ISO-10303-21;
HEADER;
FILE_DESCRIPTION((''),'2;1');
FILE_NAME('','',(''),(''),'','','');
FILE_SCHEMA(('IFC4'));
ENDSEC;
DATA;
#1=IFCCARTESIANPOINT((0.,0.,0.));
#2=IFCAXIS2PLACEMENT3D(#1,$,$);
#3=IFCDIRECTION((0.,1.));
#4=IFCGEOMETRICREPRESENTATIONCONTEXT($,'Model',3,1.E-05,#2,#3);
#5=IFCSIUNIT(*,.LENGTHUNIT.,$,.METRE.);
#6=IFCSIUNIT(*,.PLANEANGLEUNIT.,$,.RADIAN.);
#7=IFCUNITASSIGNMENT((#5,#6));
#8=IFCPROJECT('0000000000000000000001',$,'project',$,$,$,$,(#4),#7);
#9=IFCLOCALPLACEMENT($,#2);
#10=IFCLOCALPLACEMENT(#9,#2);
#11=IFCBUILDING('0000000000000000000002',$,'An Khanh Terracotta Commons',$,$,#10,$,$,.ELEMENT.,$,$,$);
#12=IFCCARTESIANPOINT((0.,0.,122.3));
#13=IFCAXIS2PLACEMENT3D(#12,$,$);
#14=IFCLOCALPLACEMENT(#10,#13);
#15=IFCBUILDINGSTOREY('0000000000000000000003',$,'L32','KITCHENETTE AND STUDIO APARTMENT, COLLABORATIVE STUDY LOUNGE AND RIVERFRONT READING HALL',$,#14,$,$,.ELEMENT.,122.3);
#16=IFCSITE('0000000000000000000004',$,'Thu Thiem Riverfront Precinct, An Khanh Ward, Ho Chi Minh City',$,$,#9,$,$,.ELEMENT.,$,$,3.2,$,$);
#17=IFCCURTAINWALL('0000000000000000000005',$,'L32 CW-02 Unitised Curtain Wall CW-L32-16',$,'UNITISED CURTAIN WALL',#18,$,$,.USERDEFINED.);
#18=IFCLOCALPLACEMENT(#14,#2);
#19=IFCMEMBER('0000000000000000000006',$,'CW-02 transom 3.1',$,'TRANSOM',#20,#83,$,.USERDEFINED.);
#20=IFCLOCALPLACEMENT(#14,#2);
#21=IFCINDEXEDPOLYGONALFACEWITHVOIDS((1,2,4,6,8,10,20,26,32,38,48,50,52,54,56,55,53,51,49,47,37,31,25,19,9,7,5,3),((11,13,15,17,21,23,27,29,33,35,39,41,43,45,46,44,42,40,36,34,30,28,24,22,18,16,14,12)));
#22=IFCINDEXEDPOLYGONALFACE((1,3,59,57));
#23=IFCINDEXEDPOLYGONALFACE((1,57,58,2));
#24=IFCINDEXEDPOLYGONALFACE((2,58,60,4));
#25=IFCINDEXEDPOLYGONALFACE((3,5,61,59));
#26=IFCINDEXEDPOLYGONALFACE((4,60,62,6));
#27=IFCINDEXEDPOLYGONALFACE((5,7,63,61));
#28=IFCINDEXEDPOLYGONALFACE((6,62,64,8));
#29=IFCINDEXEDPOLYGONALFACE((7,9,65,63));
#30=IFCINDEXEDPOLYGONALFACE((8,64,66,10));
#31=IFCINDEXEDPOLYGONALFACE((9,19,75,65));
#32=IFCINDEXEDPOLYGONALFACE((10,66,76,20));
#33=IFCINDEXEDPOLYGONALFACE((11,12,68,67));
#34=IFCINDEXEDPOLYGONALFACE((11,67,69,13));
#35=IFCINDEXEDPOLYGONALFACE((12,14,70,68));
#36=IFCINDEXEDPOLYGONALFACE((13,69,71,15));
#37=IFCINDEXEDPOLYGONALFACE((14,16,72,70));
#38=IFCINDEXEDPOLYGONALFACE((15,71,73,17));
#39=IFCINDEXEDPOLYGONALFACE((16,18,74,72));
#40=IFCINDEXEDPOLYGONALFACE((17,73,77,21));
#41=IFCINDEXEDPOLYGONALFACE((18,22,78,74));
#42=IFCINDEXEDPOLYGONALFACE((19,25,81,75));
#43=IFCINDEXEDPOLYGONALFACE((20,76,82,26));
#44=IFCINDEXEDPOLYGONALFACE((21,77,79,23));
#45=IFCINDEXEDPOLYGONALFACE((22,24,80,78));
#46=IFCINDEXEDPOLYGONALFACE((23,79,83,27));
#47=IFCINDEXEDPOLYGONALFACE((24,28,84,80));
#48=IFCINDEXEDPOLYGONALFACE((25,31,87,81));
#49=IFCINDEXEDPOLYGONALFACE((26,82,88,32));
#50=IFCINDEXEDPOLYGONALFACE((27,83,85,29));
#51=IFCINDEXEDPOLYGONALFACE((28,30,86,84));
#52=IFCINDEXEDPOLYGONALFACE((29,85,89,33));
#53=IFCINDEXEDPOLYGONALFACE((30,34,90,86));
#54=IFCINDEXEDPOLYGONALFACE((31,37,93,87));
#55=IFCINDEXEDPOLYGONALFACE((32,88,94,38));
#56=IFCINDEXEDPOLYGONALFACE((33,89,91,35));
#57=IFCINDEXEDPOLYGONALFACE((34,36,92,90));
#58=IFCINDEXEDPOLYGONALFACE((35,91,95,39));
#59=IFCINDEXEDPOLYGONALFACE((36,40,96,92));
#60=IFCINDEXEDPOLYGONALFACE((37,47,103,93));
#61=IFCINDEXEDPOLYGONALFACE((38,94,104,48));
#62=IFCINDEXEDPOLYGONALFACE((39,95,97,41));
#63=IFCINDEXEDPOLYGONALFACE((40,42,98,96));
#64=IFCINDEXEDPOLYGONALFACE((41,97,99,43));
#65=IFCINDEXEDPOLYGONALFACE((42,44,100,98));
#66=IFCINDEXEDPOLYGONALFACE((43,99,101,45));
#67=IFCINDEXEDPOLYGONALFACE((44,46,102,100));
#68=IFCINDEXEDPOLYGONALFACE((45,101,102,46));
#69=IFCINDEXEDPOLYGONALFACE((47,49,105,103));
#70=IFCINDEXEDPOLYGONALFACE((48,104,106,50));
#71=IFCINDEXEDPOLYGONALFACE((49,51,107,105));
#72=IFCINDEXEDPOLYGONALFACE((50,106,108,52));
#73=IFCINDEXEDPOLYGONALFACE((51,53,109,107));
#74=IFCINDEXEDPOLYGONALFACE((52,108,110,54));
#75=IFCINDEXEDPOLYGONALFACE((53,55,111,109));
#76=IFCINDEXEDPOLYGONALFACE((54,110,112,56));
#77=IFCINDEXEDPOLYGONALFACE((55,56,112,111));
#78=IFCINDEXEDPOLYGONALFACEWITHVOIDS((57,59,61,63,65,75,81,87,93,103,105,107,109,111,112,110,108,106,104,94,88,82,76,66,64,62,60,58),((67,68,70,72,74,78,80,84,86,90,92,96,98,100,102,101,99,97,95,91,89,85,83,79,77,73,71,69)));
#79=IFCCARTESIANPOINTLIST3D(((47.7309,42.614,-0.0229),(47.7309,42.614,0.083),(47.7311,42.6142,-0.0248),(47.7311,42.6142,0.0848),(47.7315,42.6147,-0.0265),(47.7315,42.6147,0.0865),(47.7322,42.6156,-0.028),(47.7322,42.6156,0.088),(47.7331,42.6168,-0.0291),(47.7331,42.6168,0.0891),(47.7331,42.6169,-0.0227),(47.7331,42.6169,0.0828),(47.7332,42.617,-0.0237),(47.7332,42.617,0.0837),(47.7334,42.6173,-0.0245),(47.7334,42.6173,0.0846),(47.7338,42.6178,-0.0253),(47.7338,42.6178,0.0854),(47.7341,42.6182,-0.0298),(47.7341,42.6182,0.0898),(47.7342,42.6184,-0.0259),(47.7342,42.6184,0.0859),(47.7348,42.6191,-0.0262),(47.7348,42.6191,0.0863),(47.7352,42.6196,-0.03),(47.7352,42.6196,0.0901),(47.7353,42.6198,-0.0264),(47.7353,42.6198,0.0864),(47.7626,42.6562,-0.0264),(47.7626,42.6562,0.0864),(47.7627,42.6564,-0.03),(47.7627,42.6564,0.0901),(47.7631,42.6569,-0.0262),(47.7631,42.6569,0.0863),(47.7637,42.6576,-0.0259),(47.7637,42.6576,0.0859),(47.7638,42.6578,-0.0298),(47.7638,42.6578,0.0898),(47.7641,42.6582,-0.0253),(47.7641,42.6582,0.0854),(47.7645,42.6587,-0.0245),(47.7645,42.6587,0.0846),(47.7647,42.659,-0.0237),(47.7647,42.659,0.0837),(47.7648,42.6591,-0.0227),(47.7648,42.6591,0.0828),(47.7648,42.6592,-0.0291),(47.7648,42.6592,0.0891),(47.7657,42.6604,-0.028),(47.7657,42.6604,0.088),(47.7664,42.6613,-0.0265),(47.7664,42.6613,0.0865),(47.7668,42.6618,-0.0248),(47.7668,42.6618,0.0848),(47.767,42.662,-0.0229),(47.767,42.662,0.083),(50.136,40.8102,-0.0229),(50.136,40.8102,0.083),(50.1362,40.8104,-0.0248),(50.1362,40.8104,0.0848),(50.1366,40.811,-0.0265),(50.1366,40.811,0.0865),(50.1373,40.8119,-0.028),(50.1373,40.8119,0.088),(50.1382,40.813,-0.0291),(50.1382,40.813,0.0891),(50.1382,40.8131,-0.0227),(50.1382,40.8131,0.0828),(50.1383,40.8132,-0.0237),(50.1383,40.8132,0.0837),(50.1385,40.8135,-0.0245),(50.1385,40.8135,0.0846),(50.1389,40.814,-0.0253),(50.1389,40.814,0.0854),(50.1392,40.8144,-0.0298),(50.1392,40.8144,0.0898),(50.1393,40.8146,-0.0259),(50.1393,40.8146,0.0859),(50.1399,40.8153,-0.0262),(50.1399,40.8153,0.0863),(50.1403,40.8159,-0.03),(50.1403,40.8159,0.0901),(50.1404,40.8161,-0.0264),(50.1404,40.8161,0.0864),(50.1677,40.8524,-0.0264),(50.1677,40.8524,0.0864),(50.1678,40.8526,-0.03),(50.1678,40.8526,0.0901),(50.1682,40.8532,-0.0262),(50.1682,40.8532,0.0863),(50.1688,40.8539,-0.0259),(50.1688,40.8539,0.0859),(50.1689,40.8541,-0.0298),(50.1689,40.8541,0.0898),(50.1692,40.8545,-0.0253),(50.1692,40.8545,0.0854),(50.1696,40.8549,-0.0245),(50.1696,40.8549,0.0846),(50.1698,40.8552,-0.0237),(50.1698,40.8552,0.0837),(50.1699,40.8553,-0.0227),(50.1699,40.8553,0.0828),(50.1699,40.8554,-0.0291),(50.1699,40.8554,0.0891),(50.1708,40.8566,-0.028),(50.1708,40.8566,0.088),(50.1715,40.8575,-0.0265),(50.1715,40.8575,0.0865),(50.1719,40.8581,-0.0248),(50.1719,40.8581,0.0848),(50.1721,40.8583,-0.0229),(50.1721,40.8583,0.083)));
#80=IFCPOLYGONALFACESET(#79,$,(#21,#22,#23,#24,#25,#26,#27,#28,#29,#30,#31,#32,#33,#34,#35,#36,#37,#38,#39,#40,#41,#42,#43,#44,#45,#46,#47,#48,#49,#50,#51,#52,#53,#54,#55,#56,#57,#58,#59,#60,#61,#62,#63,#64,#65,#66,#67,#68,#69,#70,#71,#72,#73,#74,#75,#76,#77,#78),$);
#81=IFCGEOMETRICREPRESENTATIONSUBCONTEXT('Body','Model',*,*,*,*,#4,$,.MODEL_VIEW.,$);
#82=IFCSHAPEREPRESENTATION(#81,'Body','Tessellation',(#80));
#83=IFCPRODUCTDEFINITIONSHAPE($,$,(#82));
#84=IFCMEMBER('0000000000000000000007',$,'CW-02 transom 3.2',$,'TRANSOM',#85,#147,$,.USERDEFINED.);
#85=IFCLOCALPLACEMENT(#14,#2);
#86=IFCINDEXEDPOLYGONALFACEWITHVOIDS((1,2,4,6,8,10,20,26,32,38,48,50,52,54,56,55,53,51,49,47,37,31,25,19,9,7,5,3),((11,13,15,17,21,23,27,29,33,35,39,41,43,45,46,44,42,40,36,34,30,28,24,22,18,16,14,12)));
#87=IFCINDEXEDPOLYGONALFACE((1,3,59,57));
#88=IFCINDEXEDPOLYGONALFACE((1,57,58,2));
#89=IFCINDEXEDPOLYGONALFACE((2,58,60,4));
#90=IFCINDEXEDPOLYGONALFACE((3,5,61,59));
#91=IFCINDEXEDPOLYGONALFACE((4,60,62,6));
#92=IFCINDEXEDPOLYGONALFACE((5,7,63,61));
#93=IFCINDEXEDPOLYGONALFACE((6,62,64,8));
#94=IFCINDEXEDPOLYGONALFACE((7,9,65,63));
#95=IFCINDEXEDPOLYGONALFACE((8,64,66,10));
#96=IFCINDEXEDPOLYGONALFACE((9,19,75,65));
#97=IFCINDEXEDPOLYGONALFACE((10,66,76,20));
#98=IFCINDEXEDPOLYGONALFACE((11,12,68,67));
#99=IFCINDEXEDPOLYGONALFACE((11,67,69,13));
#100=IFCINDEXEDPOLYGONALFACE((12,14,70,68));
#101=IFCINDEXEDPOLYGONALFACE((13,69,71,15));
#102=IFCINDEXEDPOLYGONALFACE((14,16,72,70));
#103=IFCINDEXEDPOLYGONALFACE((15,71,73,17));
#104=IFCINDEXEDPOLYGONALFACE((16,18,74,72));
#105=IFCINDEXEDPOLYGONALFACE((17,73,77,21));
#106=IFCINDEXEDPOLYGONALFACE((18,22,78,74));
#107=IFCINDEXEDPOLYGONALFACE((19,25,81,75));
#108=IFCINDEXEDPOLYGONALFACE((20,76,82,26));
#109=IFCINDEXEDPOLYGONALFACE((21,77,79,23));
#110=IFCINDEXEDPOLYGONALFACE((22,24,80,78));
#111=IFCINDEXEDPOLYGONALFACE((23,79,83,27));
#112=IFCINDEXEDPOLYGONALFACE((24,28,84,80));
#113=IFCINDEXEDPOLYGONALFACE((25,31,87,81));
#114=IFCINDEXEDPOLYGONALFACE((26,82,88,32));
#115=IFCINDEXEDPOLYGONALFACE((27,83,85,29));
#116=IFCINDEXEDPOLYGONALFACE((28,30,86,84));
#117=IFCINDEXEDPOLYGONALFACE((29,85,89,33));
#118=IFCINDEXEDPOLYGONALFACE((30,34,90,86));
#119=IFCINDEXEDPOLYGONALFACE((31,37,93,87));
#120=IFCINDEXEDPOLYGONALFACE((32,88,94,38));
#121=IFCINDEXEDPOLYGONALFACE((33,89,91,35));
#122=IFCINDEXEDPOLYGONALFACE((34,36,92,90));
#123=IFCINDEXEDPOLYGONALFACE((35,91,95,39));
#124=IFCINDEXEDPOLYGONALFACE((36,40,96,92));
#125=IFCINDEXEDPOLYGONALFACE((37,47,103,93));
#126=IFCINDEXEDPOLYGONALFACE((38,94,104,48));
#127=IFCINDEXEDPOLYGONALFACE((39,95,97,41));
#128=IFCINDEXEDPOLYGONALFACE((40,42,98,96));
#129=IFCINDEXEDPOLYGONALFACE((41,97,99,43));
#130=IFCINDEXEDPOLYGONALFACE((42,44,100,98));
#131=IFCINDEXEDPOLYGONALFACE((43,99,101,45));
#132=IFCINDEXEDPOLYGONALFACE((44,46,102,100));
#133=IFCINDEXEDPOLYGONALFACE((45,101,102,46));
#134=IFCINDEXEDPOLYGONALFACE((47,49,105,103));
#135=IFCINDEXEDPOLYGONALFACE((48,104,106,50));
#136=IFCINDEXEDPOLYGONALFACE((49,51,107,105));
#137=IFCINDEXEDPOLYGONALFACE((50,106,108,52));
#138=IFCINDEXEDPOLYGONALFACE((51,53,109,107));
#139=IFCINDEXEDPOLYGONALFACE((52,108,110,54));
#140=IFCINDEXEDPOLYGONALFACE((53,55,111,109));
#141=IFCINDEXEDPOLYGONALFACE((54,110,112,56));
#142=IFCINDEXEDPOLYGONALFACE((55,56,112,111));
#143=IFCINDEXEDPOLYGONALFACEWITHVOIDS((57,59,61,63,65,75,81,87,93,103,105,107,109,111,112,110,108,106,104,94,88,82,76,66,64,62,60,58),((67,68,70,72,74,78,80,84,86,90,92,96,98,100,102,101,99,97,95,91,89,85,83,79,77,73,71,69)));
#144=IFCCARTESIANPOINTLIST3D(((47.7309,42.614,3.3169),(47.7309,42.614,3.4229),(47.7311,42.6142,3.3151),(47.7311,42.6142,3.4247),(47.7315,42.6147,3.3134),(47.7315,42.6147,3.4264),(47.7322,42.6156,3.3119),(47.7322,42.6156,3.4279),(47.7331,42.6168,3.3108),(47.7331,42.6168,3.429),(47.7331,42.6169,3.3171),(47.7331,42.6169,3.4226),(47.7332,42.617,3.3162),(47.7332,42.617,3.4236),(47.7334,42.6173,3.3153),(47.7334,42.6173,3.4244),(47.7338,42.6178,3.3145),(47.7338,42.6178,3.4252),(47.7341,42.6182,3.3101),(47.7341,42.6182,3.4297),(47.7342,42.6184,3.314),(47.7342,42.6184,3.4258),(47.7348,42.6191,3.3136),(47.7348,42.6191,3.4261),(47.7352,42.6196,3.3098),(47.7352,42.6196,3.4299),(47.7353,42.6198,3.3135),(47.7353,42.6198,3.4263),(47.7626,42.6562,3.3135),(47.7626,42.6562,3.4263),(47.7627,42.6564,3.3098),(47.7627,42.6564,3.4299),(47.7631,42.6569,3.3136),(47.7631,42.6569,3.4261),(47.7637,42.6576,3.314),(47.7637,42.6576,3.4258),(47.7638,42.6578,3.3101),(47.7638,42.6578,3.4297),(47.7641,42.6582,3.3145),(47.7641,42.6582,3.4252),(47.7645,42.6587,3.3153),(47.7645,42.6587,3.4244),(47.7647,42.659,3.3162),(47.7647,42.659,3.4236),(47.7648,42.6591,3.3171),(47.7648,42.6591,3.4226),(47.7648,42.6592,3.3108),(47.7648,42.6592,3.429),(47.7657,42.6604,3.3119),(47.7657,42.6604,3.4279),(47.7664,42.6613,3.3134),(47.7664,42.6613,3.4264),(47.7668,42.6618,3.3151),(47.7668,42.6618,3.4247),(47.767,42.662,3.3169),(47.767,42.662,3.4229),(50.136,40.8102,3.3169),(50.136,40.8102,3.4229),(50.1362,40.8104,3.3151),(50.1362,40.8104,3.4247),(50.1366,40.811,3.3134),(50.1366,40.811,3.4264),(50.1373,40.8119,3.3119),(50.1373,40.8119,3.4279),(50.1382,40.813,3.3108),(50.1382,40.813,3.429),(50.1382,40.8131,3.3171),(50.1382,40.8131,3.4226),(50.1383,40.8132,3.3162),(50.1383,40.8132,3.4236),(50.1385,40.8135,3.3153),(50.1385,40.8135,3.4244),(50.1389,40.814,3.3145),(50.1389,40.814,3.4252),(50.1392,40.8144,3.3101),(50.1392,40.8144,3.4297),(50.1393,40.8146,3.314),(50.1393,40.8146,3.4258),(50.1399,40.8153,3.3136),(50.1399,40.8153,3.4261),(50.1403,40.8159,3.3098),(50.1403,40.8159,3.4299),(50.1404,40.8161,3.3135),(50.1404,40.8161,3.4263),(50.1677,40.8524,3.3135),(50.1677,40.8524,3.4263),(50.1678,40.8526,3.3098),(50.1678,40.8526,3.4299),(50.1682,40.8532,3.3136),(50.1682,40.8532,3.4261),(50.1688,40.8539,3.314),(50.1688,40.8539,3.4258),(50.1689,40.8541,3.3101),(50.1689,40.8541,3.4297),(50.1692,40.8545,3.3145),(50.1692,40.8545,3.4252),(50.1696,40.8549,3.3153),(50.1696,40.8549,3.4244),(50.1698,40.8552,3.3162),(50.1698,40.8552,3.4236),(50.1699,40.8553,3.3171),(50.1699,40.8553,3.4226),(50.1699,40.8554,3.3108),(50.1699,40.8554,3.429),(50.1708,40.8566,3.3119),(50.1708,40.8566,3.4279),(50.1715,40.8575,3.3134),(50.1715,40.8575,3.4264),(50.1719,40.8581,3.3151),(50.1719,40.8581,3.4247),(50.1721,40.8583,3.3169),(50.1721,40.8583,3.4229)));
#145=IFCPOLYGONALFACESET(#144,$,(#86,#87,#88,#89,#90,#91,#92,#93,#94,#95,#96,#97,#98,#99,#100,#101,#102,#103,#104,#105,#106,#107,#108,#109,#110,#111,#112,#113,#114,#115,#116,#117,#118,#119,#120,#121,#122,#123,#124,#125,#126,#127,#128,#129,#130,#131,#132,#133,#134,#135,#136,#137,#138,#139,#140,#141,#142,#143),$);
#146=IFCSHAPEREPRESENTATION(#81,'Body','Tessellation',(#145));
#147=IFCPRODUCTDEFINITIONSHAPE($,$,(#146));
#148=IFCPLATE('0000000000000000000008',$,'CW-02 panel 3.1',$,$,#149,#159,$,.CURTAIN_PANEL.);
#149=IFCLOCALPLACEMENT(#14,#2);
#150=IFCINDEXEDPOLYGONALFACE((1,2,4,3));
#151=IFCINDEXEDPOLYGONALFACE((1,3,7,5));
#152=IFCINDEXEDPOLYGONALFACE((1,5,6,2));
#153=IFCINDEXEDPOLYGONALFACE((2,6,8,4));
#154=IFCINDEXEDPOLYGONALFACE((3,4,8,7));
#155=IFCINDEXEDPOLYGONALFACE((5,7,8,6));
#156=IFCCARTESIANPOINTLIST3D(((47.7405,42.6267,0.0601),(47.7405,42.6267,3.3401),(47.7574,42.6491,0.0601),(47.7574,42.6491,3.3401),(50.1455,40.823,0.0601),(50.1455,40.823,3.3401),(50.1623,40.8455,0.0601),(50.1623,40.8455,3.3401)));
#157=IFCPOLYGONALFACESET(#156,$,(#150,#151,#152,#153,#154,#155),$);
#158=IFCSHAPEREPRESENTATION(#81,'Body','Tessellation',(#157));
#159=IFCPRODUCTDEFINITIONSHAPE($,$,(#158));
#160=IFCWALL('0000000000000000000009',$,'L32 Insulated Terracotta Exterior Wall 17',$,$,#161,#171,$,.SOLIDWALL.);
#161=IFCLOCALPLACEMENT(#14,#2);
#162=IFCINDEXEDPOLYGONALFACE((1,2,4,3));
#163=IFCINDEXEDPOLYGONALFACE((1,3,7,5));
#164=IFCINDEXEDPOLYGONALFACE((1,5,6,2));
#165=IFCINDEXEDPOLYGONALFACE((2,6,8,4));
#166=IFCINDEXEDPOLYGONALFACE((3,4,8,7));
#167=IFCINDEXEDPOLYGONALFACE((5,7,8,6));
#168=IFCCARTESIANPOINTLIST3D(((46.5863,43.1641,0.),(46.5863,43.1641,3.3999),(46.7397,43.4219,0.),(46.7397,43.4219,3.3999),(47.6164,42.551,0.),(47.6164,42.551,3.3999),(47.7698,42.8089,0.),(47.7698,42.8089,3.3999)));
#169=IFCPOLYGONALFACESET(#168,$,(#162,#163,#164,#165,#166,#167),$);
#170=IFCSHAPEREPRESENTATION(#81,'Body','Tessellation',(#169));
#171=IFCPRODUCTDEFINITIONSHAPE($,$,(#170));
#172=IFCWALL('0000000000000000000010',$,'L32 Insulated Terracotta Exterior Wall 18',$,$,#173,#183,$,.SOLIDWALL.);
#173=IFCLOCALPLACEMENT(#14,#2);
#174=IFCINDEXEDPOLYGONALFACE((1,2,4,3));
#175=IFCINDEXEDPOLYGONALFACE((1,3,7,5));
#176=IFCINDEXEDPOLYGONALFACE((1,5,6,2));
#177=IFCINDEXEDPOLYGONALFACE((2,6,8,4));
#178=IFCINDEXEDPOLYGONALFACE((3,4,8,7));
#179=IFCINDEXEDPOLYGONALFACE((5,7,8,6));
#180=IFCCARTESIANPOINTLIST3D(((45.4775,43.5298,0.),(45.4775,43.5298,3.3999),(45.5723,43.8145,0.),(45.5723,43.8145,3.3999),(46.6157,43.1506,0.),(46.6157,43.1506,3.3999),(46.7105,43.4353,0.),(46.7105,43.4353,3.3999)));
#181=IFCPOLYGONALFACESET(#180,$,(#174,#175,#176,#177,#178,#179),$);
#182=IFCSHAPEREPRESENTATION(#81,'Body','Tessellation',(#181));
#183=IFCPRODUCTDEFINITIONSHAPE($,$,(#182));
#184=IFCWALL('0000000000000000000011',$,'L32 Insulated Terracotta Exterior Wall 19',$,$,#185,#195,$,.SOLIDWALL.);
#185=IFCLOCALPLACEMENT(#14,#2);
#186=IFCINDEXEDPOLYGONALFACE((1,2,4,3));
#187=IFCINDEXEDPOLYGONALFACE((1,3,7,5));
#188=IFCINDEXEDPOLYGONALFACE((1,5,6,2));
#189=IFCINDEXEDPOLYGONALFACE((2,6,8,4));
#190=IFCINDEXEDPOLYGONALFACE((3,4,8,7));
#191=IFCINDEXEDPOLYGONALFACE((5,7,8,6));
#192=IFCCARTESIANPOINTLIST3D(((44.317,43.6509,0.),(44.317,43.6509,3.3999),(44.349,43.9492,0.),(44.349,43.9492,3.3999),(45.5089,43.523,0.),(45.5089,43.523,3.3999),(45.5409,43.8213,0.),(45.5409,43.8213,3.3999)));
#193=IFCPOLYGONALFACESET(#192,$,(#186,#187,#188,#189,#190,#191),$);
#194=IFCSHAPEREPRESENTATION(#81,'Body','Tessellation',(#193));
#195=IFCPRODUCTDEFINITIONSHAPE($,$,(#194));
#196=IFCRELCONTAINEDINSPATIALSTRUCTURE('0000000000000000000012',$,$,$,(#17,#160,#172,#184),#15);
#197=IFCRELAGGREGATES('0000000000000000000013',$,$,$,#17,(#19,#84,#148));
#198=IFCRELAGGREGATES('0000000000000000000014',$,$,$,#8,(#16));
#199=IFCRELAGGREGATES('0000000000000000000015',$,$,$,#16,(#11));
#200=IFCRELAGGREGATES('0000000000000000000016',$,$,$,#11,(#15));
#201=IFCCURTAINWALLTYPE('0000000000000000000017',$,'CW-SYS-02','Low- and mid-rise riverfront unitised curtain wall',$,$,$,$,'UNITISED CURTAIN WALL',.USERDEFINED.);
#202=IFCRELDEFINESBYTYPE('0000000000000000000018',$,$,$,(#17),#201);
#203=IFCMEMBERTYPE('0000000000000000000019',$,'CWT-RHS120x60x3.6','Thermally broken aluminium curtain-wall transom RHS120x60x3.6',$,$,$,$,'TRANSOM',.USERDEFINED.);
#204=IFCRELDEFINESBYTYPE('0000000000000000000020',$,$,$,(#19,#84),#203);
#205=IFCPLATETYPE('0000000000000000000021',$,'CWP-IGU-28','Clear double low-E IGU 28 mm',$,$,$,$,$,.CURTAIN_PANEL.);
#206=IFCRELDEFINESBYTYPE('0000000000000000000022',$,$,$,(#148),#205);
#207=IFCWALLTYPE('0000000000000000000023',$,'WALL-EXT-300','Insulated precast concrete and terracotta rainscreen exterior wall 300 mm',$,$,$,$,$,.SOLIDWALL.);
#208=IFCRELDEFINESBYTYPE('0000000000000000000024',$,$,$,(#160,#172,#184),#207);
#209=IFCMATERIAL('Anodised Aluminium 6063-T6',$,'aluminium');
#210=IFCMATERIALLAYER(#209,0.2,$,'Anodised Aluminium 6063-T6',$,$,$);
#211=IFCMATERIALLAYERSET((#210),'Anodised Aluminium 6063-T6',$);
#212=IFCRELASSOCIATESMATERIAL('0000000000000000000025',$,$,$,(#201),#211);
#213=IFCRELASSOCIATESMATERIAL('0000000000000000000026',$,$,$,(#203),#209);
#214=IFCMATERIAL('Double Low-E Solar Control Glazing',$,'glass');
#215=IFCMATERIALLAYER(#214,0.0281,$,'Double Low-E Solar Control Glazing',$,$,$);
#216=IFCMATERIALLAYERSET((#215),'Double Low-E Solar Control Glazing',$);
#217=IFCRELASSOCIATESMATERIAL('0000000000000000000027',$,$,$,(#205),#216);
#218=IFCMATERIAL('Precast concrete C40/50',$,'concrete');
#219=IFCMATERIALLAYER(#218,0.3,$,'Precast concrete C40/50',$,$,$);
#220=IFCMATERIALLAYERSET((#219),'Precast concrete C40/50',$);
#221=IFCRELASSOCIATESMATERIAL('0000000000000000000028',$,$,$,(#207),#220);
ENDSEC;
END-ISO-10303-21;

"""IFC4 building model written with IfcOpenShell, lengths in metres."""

from ifc_helpers import new_model, si_unit, direction, frame, frame_2d, origin, origin_2d, place, context, subcontext, project, spatial, rectangle, hollow_rectangle, extrude, material, layer, layer_set, material_profile, profile_set, type_object, element, aggregate, save


model = new_model("IFC4")

# Units and contexts
model_context = context("Model", 3, precision=1e-05, world=origin(), true_north=direction((0.0, 1.0)))
body_context = subcontext(model_context, "Body", "Model", "MODEL_VIEW")
ifc_project = project(units=[si_unit("LENGTHUNIT", "METRE"), si_unit("PLANEANGLEUNIT", "RADIAN")], contexts=[model_context])

# Site, building, storey
site_placement = place(None, origin())
site = spatial("IfcSite", under=ifc_project, at=site_placement, Name="Thu Thiem Riverfront Precinct, An Khanh Ward, Ho Chi Minh City", CompositionType="ELEMENT", RefElevation=3.2)
building_placement = place(site_placement, origin())
building = spatial("IfcBuilding", under=site, at=building_placement, Name="An Khanh Terracotta Commons", CompositionType="ELEMENT")
storey_placement = place(building_placement, frame((0.0, 0.0, 122.3)))
storey = spatial("IfcBuildingStorey", under=building, at=storey_placement, Name="L32", Description="KITCHENETTE AND STUDIO APARTMENT, COLLABORATIVE STUDY LOUNGE AND RIVERFRONT READING HALL", CompositionType="ELEMENT", Elevation=122.3)

# Curtain wall, members, plate
ifc_material_1 = material(Name="Anodised Aluminium 6063-T6", Category="aluminium")
ifc_layer_1 = layer(ifc_material_1, 0.2, Name="Anodised Aluminium 6063-T6")
ifc_layer_set_1 = layer_set([ifc_layer_1], Name="Anodised Aluminium 6063-T6")
curtain_wall_type = type_object("IfcCurtainWallType", Name="CW-SYS-02", Description="Low- and mid-rise riverfront unitised curtain wall", ElementType="UNITISED CURTAIN WALL", PredefinedType="USERDEFINED", material=ifc_layer_set_1)
curtain_wall_placement = place(storey_placement, origin())
curtain_wall = element("IfcCurtainWall", 1, at=curtain_wall_placement, inside=storey, type_object=curtain_wall_type, Name="L32 CW-02 Unitised Curtain Wall CW-L32-16", ObjectType="UNITISED CURTAIN WALL", PredefinedType="USERDEFINED")
ifc_material_profile_1 = material_profile(ifc_material_1, hollow_rectangle(XDim=0.0601, YDim=0.1201, WallThickness=0.0037, InnerFilletRadius=0.0037, OuterFilletRadius=0.0071, at=origin_2d()), Name="RHS120x60x3.6")
ifc_profile_set_1 = profile_set([ifc_material_profile_1], Name="Anodised Aluminium 6063-T6")
member_type_1 = type_object("IfcMemberType", Name="CWT-RHS120x60x3.6", Description="Thermally broken aluminium curtain-wall transom RHS120x60x3.6", ElementType="TRANSOM", PredefinedType="USERDEFINED", material=ifc_profile_set_1)
member_1_placement = place(storey_placement, frame((50.1541, 40.8342, 0.03), z_axis=(-0.80001, 0.599987, 0.0), x_axis=(-0.599987, -0.80001, 0.0)))
member_1 = element("IfcMember", 2, at=member_1_placement, type_object=member_type_1, Name="CW-02 transom 3.1", ObjectType="TRANSOM", PredefinedType="USERDEFINED", context=body_context, shape_type="SweptSolid", body=[
    extrude(hollow_rectangle(XDim=0.0601, YDim=0.1201, WallThickness=0.0037, InnerFilletRadius=0.0037, OuterFilletRadius=0.0071, at=origin_2d()), origin(), (0.0, 0.0, 1.0), 3.0063),
])
member_2_placement = place(storey_placement, frame((50.1541, 40.8342, 3.3699), z_axis=(-0.80001, 0.599987, 0.0), x_axis=(-0.599987, -0.80001, 0.0)))
member_2 = element("IfcMember", 3, at=member_2_placement, type_object=member_type_1, Name="CW-02 transom 3.2", ObjectType="TRANSOM", PredefinedType="USERDEFINED", context=body_context, shape_type="SweptSolid", body=[
    extrude(hollow_rectangle(XDim=0.0601, YDim=0.1201, WallThickness=0.0037, InnerFilletRadius=0.0037, OuterFilletRadius=0.0071, at=origin_2d()), origin(), (0.0, 0.0, 1.0), 3.0063),
])
ifc_material_2 = material(Name="Double Low-E Solar Control Glazing", Category="glass")
ifc_layer_2 = layer(ifc_material_2, 0.0281, Name="Double Low-E Solar Control Glazing")
ifc_layer_set_2 = layer_set([ifc_layer_2], Name="Double Low-E Solar Control Glazing")
plate_type = type_object("IfcPlateType", Name="CWP-IGU-28", Description="Clear double low-E IGU 28 mm", PredefinedType="CURTAIN_PANEL", material=ifc_layer_set_2)
plate_placement = place(storey_placement, frame((48.9514, 41.7361, 0.0601), z_axis=(0.0, 0.0, 1.0), x_axis=(-0.800013, 0.599983, 0.0)))
plate = element("IfcPlate", 4, at=plate_placement, type_object=plate_type, Name="CW-02 panel 3.1", PredefinedType="CURTAIN_PANEL", context=body_context, shape_type="SweptSolid", body=[
    extrude(rectangle(XDim=3.0061, YDim=0.0281, at=origin_2d()), origin(), (0.0, 0.0, 1.0), 3.28),
])
aggregate(curtain_wall, [member_1, member_2, plate])

# Walls
ifc_material_3 = material(Name="Precast concrete C40/50", Category="concrete")
ifc_layer_3 = layer(ifc_material_3, 0.3, Name="Precast concrete C40/50")
ifc_layer_set_3 = layer_set([ifc_layer_3], Name="Precast concrete C40/50")
wall_type_1 = type_object("IfcWallType", Name="WALL-EXT-300", Description="Insulated precast concrete and terracotta rainscreen exterior wall 300 mm", PredefinedType="SOLIDWALL", material=ifc_layer_set_3)
wall_1_placement = place(storey_placement, frame((47.6931, 42.6799, 0.0), z_axis=(0.0, 0.0, 1.0), x_axis=(-0.859321, 0.511437, 0.0)))
element("IfcWall", 5, at=wall_1_placement, inside=storey, type_object=wall_type_1, Name="L32 Insulated Terracotta Exterior Wall 17", PredefinedType="SOLIDWALL", context=body_context, shape_type="SweptSolid", body=[
    extrude(rectangle(XDim=1.1987, YDim=0.3, at=frame_2d((0.5994, 0.0))), origin(), (0.0, 0.0, 1.0), 3.3999),
])
wall_2_placement = place(storey_placement, frame((46.6631, 43.293, 0.0), z_axis=(0.0, 0.0, 1.0), x_axis=(-0.948744, 0.316045, 0.0)))
element("IfcWall", 6, at=wall_2_placement, inside=storey, type_object=wall_type_1, Name="L32 Insulated Terracotta Exterior Wall 18", PredefinedType="SOLIDWALL", context=body_context, shape_type="SweptSolid", body=[
    extrude(rectangle(XDim=1.1997, YDim=0.3, at=frame_2d((0.5999, 0.0))), origin(), (0.0, 0.0, 1.0), 3.3999),
])
wall_3_placement = place(storey_placement, frame((45.5249, 43.6721, 0.0), z_axis=(0.0, 0.0, 1.0), x_axis=(-0.994289, 0.10672, 0.0)))
element("IfcWall", 7, at=wall_3_placement, inside=storey, type_object=wall_type_1, Name="L32 Insulated Terracotta Exterior Wall 19", PredefinedType="SOLIDWALL", context=body_context, shape_type="SweptSolid", body=[
    extrude(rectangle(XDim=1.1987, YDim=0.3, at=frame_2d((0.5994, 0.0))), origin(), (0.0, 0.0, 1.0), 3.3999),
])

save(model, "model.ifc")
